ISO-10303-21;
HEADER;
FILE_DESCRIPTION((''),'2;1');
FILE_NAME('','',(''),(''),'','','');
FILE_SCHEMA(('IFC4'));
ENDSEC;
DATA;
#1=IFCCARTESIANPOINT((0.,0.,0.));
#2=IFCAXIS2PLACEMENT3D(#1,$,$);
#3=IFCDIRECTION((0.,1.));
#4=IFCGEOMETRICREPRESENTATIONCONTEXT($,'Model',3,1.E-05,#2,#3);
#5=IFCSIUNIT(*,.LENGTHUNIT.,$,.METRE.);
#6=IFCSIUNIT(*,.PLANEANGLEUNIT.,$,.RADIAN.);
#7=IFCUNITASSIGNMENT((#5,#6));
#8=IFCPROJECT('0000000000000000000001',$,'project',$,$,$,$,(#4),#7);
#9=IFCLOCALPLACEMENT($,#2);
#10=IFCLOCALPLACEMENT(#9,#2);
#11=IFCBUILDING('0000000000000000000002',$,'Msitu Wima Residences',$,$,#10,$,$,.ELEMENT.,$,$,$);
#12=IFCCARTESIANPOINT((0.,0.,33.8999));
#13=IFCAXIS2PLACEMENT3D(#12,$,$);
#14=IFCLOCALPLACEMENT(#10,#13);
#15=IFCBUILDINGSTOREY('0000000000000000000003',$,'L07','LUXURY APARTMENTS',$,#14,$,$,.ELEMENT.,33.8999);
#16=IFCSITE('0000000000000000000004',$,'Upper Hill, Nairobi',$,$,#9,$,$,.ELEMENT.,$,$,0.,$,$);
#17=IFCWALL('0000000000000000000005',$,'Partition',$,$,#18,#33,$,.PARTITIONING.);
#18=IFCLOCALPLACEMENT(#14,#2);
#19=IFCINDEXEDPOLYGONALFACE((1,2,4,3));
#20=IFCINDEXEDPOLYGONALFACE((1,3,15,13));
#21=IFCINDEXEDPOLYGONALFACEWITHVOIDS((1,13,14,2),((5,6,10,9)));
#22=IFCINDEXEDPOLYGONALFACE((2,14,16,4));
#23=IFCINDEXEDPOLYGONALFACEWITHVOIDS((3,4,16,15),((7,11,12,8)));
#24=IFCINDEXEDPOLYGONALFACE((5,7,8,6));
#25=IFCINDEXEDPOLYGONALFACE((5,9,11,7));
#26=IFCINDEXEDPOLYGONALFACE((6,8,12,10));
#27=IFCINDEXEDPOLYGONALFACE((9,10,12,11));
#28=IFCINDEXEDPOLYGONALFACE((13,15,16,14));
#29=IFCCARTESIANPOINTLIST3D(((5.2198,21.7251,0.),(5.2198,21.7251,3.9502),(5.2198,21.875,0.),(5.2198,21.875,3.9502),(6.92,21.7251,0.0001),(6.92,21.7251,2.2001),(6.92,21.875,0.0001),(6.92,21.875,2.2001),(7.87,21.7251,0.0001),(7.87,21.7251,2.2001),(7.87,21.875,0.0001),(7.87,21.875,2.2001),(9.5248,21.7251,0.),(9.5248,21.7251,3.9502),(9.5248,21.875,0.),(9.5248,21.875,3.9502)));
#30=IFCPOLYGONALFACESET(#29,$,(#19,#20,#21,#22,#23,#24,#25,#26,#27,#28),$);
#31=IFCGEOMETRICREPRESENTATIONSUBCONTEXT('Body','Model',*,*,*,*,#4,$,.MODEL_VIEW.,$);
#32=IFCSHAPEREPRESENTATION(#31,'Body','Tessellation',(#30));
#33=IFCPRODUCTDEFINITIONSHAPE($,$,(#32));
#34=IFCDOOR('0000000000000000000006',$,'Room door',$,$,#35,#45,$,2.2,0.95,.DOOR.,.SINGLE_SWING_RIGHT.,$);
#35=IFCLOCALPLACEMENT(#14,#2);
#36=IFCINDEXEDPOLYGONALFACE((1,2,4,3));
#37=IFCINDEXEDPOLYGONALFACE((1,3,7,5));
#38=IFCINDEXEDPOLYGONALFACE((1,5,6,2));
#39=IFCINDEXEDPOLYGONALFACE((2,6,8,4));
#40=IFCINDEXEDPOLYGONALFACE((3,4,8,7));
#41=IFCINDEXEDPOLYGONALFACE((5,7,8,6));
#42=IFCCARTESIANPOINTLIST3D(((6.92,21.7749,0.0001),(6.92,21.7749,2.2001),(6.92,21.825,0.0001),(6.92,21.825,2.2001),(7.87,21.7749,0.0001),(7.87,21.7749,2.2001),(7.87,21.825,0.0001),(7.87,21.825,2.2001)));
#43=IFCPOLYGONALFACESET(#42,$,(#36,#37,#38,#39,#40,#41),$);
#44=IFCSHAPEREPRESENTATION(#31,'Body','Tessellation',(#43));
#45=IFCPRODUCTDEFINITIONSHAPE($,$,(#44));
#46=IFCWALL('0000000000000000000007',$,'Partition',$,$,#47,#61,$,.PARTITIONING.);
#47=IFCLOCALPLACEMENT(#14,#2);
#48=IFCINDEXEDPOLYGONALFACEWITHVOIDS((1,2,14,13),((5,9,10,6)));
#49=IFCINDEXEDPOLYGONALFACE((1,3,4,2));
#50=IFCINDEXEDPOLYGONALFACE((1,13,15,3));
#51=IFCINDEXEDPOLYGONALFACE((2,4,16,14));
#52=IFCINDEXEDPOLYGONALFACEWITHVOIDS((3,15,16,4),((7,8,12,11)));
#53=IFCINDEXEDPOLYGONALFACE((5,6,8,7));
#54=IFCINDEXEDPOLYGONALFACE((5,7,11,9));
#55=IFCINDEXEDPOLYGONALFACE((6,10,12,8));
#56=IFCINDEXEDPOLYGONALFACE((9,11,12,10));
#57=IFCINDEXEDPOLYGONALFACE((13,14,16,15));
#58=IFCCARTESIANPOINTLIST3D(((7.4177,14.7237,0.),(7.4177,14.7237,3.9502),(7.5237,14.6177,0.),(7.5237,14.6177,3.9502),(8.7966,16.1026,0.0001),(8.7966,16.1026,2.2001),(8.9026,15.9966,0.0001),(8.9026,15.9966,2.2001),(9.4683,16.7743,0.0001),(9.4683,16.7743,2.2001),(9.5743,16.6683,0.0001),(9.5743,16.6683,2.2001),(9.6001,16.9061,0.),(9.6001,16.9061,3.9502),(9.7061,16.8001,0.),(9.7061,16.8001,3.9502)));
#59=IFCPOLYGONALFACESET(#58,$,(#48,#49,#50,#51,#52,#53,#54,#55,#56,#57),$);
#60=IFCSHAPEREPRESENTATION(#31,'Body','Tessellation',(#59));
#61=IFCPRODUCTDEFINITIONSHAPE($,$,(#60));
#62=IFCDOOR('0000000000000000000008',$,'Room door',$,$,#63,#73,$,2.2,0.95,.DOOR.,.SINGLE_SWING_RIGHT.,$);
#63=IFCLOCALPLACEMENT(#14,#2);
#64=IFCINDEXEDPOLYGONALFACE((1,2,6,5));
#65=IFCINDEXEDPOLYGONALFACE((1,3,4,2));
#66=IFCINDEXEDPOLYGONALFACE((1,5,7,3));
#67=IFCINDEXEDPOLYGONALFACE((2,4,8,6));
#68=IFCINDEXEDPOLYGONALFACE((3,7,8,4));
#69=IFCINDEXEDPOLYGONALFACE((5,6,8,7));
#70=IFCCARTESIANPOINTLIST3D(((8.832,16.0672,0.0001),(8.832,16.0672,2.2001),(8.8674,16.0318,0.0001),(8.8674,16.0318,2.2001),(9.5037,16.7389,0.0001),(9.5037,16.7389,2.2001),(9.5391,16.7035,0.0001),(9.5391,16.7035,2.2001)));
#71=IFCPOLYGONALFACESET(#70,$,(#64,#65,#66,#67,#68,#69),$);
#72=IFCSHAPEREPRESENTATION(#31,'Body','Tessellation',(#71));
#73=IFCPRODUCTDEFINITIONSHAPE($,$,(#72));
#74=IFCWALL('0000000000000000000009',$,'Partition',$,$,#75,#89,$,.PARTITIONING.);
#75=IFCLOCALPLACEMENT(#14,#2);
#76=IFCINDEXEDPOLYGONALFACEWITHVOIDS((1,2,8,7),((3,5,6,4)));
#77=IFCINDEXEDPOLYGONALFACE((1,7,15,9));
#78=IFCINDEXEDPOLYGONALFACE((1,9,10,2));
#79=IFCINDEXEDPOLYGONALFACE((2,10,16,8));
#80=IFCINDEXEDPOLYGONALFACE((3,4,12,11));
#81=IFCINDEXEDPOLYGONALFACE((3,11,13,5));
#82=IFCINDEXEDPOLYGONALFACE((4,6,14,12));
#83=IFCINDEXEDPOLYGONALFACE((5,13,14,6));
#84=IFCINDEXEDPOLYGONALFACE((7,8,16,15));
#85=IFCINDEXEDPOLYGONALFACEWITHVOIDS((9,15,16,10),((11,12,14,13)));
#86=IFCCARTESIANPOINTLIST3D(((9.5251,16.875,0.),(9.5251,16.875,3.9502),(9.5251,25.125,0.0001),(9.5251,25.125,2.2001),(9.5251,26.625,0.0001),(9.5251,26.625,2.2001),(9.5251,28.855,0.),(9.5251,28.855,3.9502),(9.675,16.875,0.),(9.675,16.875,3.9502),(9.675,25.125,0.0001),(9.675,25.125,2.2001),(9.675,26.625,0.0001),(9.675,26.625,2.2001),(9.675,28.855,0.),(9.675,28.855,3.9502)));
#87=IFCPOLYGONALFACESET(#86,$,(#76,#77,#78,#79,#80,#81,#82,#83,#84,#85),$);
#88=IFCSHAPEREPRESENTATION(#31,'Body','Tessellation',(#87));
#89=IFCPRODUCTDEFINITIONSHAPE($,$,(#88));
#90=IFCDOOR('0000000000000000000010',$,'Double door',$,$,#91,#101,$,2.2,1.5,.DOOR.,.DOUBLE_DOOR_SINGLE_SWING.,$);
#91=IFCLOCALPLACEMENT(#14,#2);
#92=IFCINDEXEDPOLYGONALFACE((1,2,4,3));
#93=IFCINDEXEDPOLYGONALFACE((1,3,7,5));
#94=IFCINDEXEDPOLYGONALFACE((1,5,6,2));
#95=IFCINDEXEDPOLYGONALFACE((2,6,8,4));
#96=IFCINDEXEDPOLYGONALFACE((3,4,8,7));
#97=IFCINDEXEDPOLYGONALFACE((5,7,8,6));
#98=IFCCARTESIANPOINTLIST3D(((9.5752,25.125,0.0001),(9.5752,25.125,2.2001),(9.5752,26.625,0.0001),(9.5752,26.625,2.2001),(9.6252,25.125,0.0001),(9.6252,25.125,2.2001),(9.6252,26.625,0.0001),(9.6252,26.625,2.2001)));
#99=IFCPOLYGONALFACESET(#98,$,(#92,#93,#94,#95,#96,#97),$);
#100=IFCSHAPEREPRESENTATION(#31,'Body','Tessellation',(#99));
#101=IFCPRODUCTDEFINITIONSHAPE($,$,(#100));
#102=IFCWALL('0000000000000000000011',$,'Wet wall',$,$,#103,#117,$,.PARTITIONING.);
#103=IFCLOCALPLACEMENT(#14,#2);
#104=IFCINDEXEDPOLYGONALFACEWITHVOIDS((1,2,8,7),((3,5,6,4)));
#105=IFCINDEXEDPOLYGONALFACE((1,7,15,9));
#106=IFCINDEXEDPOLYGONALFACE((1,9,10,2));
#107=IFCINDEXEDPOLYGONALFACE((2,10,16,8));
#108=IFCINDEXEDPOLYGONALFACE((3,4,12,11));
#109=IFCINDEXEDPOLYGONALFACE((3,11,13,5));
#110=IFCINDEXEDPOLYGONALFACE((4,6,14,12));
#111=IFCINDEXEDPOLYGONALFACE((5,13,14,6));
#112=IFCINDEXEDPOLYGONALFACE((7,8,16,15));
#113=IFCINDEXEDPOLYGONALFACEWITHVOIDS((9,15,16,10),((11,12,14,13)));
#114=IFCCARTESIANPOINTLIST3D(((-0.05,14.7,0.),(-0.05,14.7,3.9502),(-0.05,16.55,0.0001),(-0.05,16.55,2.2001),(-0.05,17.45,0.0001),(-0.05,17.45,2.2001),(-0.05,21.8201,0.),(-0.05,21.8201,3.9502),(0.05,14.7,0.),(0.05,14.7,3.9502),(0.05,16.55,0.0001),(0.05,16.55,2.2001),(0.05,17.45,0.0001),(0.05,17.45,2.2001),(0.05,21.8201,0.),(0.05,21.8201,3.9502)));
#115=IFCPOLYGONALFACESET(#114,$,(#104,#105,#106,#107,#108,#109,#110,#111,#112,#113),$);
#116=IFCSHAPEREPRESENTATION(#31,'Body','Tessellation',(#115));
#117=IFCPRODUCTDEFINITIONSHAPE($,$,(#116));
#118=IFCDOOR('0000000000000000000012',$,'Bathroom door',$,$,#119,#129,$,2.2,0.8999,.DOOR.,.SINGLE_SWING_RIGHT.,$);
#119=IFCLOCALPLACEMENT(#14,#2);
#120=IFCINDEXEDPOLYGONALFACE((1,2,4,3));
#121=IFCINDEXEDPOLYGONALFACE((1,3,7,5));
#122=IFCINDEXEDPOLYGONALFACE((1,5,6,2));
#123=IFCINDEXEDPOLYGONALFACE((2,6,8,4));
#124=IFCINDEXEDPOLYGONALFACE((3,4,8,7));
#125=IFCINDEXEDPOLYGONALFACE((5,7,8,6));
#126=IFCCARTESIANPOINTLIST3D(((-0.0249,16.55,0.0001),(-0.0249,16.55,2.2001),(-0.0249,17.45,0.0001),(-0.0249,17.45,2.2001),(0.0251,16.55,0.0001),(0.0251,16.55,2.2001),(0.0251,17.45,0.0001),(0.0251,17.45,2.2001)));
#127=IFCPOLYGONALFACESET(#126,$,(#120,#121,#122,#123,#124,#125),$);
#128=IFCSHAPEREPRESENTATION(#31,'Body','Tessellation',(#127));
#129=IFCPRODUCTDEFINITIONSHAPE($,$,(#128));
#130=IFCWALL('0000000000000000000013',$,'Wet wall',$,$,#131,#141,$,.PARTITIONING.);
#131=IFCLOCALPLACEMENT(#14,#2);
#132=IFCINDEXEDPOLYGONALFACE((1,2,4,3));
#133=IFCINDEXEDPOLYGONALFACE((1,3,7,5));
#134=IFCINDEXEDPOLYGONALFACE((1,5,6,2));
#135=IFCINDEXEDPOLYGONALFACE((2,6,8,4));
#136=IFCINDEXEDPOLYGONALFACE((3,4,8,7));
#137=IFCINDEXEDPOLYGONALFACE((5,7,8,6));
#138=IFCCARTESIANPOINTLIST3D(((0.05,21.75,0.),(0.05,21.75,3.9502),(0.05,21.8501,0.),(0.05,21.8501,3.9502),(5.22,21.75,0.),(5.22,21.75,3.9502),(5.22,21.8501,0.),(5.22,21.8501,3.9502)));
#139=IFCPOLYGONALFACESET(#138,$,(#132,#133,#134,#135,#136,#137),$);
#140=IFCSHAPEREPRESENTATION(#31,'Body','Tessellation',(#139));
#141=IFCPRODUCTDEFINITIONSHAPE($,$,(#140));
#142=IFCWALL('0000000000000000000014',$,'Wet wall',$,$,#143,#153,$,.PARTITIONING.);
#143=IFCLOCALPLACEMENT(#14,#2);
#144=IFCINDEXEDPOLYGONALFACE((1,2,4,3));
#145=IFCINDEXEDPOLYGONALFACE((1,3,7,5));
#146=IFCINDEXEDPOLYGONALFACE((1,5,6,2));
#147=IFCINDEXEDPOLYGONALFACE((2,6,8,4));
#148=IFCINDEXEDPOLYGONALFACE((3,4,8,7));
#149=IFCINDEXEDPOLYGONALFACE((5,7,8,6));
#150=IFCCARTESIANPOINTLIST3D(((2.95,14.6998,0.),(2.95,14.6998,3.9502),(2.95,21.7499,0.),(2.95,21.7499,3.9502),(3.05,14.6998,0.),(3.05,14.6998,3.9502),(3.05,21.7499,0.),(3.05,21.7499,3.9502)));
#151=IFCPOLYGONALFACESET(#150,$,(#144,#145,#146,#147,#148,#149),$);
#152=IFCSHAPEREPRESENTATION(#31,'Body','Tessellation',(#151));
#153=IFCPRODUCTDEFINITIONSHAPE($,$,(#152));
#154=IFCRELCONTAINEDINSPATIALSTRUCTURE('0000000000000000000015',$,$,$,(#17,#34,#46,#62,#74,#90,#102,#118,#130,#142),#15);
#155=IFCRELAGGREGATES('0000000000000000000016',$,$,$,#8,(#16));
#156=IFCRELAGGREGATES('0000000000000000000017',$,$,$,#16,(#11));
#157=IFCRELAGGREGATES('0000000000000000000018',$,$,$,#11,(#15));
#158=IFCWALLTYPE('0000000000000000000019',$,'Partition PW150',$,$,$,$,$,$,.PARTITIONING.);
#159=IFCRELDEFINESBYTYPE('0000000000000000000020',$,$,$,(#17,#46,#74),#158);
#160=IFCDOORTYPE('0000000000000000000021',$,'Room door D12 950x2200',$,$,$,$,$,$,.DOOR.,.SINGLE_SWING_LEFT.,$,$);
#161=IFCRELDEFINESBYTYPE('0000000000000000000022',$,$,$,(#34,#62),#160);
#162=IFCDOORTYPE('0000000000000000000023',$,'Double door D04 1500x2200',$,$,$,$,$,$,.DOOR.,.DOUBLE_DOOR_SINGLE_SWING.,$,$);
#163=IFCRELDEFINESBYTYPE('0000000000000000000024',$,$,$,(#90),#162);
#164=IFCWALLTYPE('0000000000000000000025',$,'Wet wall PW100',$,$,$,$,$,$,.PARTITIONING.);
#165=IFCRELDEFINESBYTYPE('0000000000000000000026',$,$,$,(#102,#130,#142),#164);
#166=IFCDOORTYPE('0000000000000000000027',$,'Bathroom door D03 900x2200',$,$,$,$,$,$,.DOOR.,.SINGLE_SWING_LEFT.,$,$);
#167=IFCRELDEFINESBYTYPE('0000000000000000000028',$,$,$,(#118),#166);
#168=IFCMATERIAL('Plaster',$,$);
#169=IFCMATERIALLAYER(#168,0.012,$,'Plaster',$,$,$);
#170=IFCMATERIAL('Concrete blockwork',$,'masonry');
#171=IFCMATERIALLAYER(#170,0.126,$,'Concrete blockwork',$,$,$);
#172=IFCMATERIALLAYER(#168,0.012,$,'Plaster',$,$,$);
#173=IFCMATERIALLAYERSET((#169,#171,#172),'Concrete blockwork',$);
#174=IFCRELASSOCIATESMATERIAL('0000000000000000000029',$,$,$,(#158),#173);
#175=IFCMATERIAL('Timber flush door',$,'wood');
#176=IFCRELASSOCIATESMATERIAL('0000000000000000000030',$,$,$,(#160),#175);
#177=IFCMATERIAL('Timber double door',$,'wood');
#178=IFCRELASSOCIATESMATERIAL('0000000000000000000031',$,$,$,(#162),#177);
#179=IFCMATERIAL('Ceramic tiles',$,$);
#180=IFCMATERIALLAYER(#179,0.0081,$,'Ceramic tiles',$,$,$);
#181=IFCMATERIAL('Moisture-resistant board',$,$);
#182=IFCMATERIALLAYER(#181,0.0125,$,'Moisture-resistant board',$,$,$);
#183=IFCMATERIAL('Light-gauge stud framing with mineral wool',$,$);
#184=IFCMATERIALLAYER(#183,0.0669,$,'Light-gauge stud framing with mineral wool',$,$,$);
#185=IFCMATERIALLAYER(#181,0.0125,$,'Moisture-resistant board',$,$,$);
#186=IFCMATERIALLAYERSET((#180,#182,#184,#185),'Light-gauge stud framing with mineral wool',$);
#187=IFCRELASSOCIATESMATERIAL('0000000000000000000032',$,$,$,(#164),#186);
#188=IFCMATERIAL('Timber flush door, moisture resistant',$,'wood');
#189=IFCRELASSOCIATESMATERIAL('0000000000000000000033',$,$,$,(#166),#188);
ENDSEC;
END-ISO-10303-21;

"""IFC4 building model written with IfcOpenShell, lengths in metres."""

from ifc_helpers import new_model, si_unit, direction, frame, frame_2d, origin, place, context, subcontext, project, spatial, rectangle, extrude, material, layer, layer_set, type_object, element, fill, save


model = new_model("IFC4")

# Units and contexts
model_context = context("Model", 3, precision=1e-05, world=origin(), true_north=direction((0.0, 1.0)))
body_context = subcontext(model_context, "Body", "Model", "MODEL_VIEW")
ifc_project = project(units=[si_unit("LENGTHUNIT", "METRE"), si_unit("PLANEANGLEUNIT", "RADIAN")], contexts=[model_context])

# Site, building, storey
site_placement = place(None, origin())
site = spatial("IfcSite", under=ifc_project, at=site_placement, Name="Upper Hill, Nairobi", CompositionType="ELEMENT", RefElevation=0.0)
building_placement = place(site_placement, origin())
building = spatial("IfcBuilding", under=site, at=building_placement, Name="Msitu Wima Residences", CompositionType="ELEMENT")
storey_placement = place(building_placement, frame((0.0, 0.0, 33.8999)))
storey = spatial("IfcBuildingStorey", under=building, at=storey_placement, Name="L07", Description="LUXURY APARTMENTS", CompositionType="ELEMENT", Elevation=33.8999)

# Walls, openings, doors
ifc_material_1 = material(Name="Plaster")
ifc_layer_1 = layer(ifc_material_1, 0.012, Name="Plaster")
ifc_material_2 = material(Name="Concrete blockwork", Category="masonry")
ifc_layer_2 = layer(ifc_material_2, 0.126, Name="Concrete blockwork")
ifc_layer_3 = layer(ifc_material_1, 0.012, Name="Plaster")
ifc_layer_set_1 = layer_set([ifc_layer_1, ifc_layer_2, ifc_layer_3], Name="Concrete blockwork")
wall_type_1 = type_object("IfcWallType", Name="Partition PW150", PredefinedType="PARTITIONING", material=ifc_layer_set_1)
wall_1_placement = place(storey_placement, frame((5.22, 21.8, 0.0), z_axis=(0.0, 0.0, 1.0), x_axis=(1.0, 0.0, 0.0)))
wall_1 = element("IfcWall", 1, at=wall_1_placement, inside=storey, type_object=wall_type_1, Name="Partition", PredefinedType="PARTITIONING", context=body_context, shape_type="SweptSolid", body=[
    extrude(rectangle(XDim=4.3049, YDim=0.1499, at=frame_2d((2.1523, 0.0))), origin(), (0.0, 0.0, 1.0), 3.9502),
])
opening_1_placement = place(wall_1_placement, frame((1.7, 0.0, 0.0)))
opening_1 = element("IfcOpeningElement", 2, at=opening_1_placement, cuts=wall_1, PredefinedType="OPENING", context=body_context, shape_type="SweptSolid", body=[
    extrude(rectangle(XDim=0.95, YDim=2.2, at=frame_2d((0.4751, 1.1001))), frame((0.0, 0.085, 0.0), z_axis=(0.0, -1.0, 0.0), x_axis=(1.0, 0.0, 0.0)), (0.0, 0.0, 1.0), 0.1699),
])
ifc_material_3 = material(Name="Timber flush door", Category="wood")
door_type_1 = type_object("IfcDoorType", Name="Room door D12 950x2200", OperationType="SINGLE_SWING_LEFT", PredefinedType="DOOR", material=ifc_material_3)
door_1_placement = place(opening_1_placement, origin())
door_1 = element("IfcDoor", 3, at=door_1_placement, inside=storey, type_object=door_type_1, Name="Room door", OperationType="SINGLE_SWING_RIGHT", OverallHeight=2.2, OverallWidth=0.95, PredefinedType="DOOR", context=body_context, shape_type="SweptSolid", body=[
    extrude(rectangle(XDim=0.95, YDim=2.2, at=frame_2d((0.4751, 1.1001))), frame((0.0, 0.0249, 0.0), z_axis=(0.0, -1.0, 0.0), x_axis=(1.0, 0.0, 0.0)), (0.0, 0.0, 1.0), 0.05),
])
fill(opening_1, door_1)
wall_2_placement = place(storey_placement, frame((7.4707, 14.6707, 0.0), z_axis=(0.0, 0.0, 1.0), x_axis=(0.707107, 0.707107, 0.0)))
wall_2 = element("IfcWall", 4, at=wall_2_placement, inside=storey, type_object=wall_type_1, Name="Partition", PredefinedType="PARTITIONING", context=body_context, shape_type="SweptSolid", body=[
    extrude(rectangle(XDim=3.0864, YDim=0.1499, at=frame_2d((1.5432, 0.0))), origin(), (0.0, 0.0, 1.0), 3.9502),
])
opening_2_placement = place(wall_2_placement, frame((1.95, 0.0, 0.0)))
opening_2 = element("IfcOpeningElement", 5, at=opening_2_placement, cuts=wall_2, PredefinedType="OPENING", context=body_context, shape_type="SweptSolid", body=[
    extrude(rectangle(XDim=0.95, YDim=2.2, at=frame_2d((0.4751, 1.1001))), frame((0.0, 0.085, 0.0), z_axis=(0.0, -1.0, 0.0), x_axis=(1.0, 0.0, 0.0)), (0.0, 0.0, 1.0), 0.1699),
])
door_2_placement = place(opening_2_placement, origin())
door_2 = element("IfcDoor", 6, at=door_2_placement, inside=storey, type_object=door_type_1, Name="Room door", OperationType="SINGLE_SWING_RIGHT", OverallHeight=2.2, OverallWidth=0.95, PredefinedType="DOOR", context=body_context, shape_type="SweptSolid", body=[
    extrude(rectangle(XDim=0.95, YDim=2.2, at=frame_2d((0.4751, 1.1001))), frame((0.0, 0.0249, 0.0), z_axis=(0.0, -1.0, 0.0), x_axis=(1.0, 0.0, 0.0)), (0.0, 0.0, 1.0), 0.05),
])
fill(opening_2, door_2)
wall_3_placement = place(storey_placement, frame((9.6001, 16.875, 0.0), z_axis=(0.0, 0.0, 1.0), x_axis=(0.0, 1.0, 0.0)))
wall_3 = element("IfcWall", 7, at=wall_3_placement, inside=storey, type_object=wall_type_1, Name="Partition", PredefinedType="PARTITIONING", context=body_context, shape_type="SweptSolid", body=[
    extrude(rectangle(XDim=11.98, YDim=0.1499, at=frame_2d((5.99, 0.0))), origin(), (0.0, 0.0, 1.0), 3.9502),
])
opening_3_placement = place(wall_3_placement, frame((8.25, 0.0, 0.0)))
opening_3 = element("IfcOpeningElement", 8, at=opening_3_placement, cuts=wall_3, PredefinedType="OPENING", context=body_context, shape_type="SweptSolid", body=[
    extrude(rectangle(XDim=1.5, YDim=2.2, at=frame_2d((0.75, 1.1001))), frame((0.0, 0.085, 0.0), z_axis=(0.0, -1.0, 0.0), x_axis=(1.0, 0.0, 0.0)), (0.0, 0.0, 1.0), 0.1699),
])
ifc_material_4 = material(Name="Timber double door", Category="wood")
door_type_2 = type_object("IfcDoorType", Name="Double door D04 1500x2200", OperationType="DOUBLE_DOOR_SINGLE_SWING", PredefinedType="DOOR", material=ifc_material_4)
door_3_placement = place(opening_3_placement, origin())
door_3 = element("IfcDoor", 9, at=door_3_placement, inside=storey, type_object=door_type_2, Name="Double door", OperationType="DOUBLE_DOOR_SINGLE_SWING", OverallHeight=2.2, OverallWidth=1.5, PredefinedType="DOOR", context=body_context, shape_type="SweptSolid", body=[
    extrude(rectangle(XDim=1.5, YDim=2.2, at=frame_2d((0.75, 1.1001))), frame((0.0, 0.0249, 0.0), z_axis=(0.0, -1.0, 0.0), x_axis=(1.0, 0.0, 0.0)), (0.0, 0.0, 1.0), 0.05),
])
fill(opening_3, door_3)
ifc_material_5 = material(Name="Ceramic tiles")
ifc_layer_4 = layer(ifc_material_5, 0.0081, Name="Ceramic tiles")
ifc_material_6 = material(Name="Moisture-resistant board")
ifc_layer_5 = layer(ifc_material_6, 0.0125, Name="Moisture-resistant board")
ifc_material_7 = material(Name="Light-gauge stud framing with mineral wool")
ifc_layer_6 = layer(ifc_material_7, 0.0669, Name="Light-gauge stud framing with mineral wool")
ifc_layer_7 = layer(ifc_material_6, 0.0125, Name="Moisture-resistant board")
ifc_layer_set_2 = layer_set([ifc_layer_4, ifc_layer_5, ifc_layer_6, ifc_layer_7], Name="Light-gauge stud framing with mineral wool")
wall_type_2 = type_object("IfcWallType", Name="Wet wall PW100", PredefinedType="PARTITIONING", material=ifc_layer_set_2)
wall_4_placement = place(storey_placement, frame((0.0, 14.7, 0.0), z_axis=(0.0, 0.0, 1.0), x_axis=(0.0, 1.0, 0.0)))
wall_4 = element("IfcWall", 10, at=wall_4_placement, inside=storey, type_object=wall_type_2, Name="Wet wall", PredefinedType="PARTITIONING", context=body_context, shape_type="SweptSolid", body=[
    extrude(rectangle(XDim=7.1201, YDim=0.1001, at=frame_2d((3.5601, 0.0))), origin(), (0.0, 0.0, 1.0), 3.9502),
])
opening_4_placement = place(wall_4_placement, frame((1.8501, 0.0, 0.0)))
opening_4 = element("IfcOpeningElement", 11, at=opening_4_placement, cuts=wall_4, PredefinedType="OPENING", context=body_context, shape_type="SweptSolid", body=[
    extrude(rectangle(XDim=0.8999, YDim=2.2, at=frame_2d((0.45, 1.1001))), frame((0.0, 0.0601, 0.0), z_axis=(0.0, -1.0, 0.0), x_axis=(1.0, 0.0, 0.0)), (0.0, 0.0, 1.0), 0.1201),
])
ifc_material_8 = material(Name="Timber flush door, moisture resistant", Category="wood")
door_type_3 = type_object("IfcDoorType", Name="Bathroom door D03 900x2200", OperationType="SINGLE_SWING_LEFT", PredefinedType="DOOR", material=ifc_material_8)
door_4_placement = place(opening_4_placement, origin())
door_4 = element("IfcDoor", 12, at=door_4_placement, inside=storey, type_object=door_type_3, Name="Bathroom door", OperationType="SINGLE_SWING_RIGHT", OverallHeight=2.2, OverallWidth=0.8999, PredefinedType="DOOR", context=body_context, shape_type="SweptSolid", body=[
    extrude(rectangle(XDim=0.8999, YDim=2.2, at=frame_2d((0.45, 1.1001))), frame((0.0, 0.0249, 0.0), z_axis=(0.0, -1.0, 0.0), x_axis=(1.0, 0.0, 0.0)), (0.0, 0.0, 1.0), 0.05),
])
fill(opening_4, door_4)

# Walls
wall_5_placement = place(storey_placement, frame((0.05, 21.8, 0.0), z_axis=(0.0, 0.0, 1.0), x_axis=(1.0, 0.0, 0.0)))
element("IfcWall", 13, at=wall_5_placement, inside=storey, type_object=wall_type_2, Name="Wet wall", PredefinedType="PARTITIONING", context=body_context, shape_type="SweptSolid", body=[
    extrude(rectangle(XDim=5.1699, YDim=0.1001, at=frame_2d((2.585, 0.0))), origin(), (0.0, 0.0, 1.0), 3.9502),
])
wall_6_placement = place(storey_placement, frame((3.0, 14.7, 0.0), z_axis=(0.0, 0.0, 1.0), x_axis=(0.0, 1.0, 0.0)))
element("IfcWall", 14, at=wall_6_placement, inside=storey, type_object=wall_type_2, Name="Wet wall", PredefinedType="PARTITIONING", context=body_context, shape_type="SweptSolid", body=[
    extrude(rectangle(XDim=7.05, YDim=0.1001, at=frame_2d((3.5249, 0.0))), origin(), (0.0, 0.0, 1.0), 3.9502),
])

save(model, "model.ifc")
